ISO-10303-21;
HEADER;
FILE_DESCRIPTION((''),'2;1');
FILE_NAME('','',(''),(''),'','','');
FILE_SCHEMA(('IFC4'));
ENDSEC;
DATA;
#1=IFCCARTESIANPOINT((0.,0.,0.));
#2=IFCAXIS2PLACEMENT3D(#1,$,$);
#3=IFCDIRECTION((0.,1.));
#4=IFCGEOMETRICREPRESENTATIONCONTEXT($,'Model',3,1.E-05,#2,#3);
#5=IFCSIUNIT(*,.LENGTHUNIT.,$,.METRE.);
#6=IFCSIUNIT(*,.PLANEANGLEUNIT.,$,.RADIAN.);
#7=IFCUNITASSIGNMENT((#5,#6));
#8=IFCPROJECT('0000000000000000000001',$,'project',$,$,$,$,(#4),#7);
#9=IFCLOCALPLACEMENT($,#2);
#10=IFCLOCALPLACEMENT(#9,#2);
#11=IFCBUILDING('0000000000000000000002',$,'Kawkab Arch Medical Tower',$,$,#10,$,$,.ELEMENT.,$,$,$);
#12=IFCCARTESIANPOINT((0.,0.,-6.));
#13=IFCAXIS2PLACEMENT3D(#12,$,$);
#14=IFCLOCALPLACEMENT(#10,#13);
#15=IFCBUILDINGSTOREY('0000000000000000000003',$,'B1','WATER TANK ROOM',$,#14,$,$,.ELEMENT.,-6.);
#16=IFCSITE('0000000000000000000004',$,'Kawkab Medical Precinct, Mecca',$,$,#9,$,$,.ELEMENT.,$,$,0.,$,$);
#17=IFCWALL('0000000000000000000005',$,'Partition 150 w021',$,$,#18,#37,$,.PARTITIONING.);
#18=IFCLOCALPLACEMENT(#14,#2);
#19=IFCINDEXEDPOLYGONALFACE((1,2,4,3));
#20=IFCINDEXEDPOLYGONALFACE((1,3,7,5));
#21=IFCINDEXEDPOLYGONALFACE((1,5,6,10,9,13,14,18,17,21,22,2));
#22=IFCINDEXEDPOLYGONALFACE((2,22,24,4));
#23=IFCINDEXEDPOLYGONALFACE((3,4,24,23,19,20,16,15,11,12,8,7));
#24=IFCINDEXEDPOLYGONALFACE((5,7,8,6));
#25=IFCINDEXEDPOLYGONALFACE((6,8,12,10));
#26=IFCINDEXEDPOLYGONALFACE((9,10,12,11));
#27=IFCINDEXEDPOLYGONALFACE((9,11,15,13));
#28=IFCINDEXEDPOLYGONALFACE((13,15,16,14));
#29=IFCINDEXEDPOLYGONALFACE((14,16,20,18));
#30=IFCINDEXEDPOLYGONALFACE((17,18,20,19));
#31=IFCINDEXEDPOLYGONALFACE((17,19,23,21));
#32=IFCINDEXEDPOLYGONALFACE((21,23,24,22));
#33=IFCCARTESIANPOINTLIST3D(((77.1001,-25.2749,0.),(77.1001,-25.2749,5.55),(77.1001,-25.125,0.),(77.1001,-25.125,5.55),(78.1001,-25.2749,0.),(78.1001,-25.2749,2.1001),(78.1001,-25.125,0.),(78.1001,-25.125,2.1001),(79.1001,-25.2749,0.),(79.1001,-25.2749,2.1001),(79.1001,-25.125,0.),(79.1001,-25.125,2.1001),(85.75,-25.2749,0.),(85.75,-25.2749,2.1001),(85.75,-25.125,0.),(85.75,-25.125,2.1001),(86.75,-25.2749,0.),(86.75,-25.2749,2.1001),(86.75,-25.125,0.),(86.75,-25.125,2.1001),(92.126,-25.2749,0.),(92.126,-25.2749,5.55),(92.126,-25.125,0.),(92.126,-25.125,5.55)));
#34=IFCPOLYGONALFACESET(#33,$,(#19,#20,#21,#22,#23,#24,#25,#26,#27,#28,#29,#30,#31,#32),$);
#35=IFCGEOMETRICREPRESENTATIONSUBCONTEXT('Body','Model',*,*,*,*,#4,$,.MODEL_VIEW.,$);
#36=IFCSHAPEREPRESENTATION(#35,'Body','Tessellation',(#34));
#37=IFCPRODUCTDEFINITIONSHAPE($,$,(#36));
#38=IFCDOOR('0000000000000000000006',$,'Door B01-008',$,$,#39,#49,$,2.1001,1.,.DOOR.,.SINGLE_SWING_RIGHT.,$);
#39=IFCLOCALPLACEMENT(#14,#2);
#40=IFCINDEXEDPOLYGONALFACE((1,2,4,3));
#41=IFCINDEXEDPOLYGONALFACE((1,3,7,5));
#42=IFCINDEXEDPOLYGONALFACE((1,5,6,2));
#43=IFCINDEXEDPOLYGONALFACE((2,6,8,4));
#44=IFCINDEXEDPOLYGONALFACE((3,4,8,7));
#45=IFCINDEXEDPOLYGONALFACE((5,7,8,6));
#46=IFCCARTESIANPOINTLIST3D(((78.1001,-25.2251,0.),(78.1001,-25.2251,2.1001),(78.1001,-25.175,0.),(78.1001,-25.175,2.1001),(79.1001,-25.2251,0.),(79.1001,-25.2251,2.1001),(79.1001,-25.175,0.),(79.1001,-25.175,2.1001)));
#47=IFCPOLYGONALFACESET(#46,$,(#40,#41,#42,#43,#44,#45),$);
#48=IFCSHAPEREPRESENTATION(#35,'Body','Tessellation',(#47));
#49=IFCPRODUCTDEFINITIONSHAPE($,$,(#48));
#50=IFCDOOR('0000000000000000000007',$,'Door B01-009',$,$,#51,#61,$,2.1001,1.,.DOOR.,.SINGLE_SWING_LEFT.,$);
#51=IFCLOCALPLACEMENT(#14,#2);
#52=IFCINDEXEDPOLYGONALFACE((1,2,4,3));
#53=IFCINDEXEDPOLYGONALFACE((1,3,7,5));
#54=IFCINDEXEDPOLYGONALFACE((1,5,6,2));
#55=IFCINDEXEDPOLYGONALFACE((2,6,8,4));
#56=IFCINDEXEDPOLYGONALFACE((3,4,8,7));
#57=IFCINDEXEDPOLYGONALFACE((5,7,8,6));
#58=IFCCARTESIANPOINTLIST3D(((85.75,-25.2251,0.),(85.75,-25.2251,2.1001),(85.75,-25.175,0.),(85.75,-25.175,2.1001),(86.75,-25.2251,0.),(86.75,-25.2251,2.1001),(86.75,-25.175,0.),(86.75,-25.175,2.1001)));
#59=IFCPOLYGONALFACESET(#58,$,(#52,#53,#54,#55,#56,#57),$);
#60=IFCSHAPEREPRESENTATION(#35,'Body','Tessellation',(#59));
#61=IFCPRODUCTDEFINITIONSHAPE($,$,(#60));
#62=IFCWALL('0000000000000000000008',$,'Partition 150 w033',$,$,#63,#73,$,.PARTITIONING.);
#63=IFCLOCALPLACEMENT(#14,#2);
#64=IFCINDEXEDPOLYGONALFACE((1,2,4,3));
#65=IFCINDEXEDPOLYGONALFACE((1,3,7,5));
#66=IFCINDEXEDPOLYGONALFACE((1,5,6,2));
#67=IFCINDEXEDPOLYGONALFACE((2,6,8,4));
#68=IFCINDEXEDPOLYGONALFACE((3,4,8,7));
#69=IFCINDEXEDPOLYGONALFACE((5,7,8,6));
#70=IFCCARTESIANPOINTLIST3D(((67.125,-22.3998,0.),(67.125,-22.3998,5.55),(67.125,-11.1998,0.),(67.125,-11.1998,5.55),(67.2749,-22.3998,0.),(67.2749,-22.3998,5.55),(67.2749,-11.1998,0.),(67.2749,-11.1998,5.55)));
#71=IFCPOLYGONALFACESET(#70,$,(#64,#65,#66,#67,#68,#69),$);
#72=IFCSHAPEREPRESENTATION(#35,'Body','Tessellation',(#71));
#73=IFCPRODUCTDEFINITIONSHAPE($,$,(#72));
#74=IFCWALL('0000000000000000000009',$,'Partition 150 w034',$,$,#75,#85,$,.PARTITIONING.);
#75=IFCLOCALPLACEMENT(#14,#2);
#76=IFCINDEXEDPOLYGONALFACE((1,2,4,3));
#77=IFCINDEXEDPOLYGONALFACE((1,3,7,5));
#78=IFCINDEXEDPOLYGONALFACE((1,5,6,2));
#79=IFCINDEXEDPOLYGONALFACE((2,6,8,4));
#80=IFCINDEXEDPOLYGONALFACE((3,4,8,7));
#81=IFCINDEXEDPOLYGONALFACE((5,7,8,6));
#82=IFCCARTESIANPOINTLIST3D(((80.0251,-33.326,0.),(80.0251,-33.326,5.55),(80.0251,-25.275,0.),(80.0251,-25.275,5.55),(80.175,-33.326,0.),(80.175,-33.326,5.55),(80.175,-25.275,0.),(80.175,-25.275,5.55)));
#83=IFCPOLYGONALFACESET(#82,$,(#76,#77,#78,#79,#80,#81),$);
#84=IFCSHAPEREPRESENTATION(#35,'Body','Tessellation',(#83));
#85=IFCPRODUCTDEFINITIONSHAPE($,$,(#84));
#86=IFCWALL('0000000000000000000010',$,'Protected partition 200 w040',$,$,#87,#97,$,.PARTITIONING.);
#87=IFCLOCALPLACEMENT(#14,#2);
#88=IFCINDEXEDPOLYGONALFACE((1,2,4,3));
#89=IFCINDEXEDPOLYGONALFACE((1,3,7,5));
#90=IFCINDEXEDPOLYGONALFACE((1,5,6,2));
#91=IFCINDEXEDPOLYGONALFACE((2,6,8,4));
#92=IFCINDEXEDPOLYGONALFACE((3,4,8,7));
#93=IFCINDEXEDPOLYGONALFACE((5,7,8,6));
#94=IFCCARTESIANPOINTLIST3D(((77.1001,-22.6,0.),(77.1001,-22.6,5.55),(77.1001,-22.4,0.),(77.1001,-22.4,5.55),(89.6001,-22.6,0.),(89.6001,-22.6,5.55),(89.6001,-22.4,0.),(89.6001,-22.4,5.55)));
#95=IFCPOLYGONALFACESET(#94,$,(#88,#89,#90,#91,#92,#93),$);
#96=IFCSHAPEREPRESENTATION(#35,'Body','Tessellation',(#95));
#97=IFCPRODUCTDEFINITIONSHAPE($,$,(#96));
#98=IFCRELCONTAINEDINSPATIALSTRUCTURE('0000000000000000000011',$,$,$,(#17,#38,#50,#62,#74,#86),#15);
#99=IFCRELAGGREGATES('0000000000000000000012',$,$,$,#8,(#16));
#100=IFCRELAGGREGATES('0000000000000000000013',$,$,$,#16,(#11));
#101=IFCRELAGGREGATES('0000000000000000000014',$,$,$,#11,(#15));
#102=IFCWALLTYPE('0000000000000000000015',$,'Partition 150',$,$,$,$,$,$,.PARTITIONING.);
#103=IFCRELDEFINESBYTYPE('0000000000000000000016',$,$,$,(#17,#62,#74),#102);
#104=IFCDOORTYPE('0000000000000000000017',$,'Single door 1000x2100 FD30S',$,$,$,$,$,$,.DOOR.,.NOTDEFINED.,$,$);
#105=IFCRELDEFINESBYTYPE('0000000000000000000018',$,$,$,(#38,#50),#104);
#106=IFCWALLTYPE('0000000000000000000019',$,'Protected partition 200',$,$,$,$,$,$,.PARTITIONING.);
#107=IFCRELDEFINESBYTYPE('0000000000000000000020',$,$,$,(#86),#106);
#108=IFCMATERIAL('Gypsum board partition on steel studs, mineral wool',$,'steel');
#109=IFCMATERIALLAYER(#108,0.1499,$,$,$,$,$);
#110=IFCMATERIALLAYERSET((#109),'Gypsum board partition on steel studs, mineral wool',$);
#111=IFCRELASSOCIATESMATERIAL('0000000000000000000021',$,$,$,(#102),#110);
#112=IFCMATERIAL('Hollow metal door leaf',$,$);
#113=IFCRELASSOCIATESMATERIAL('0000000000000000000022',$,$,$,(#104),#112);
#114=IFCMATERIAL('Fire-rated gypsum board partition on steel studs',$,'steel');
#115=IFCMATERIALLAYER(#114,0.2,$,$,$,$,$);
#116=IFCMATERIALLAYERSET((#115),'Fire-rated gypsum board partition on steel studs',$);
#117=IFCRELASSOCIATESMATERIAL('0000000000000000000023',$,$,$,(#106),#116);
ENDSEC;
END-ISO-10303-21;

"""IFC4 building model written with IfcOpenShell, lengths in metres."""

from ifc_helpers import new_model, si_unit, direction, frame, frame_2d, origin, place, context, subcontext, project, spatial, rectangle, extrude, material, layer, layer_set, type_object, element, fill, save


model = new_model("IFC4")

# Units and contexts
model_context = context("Model", 3, precision=1e-05, world=origin(), true_north=direction((0.0, 1.0)))
body_context = subcontext(model_context, "Body", "Model", "MODEL_VIEW")
ifc_project = project(units=[si_unit("LENGTHUNIT", "METRE"), si_unit("PLANEANGLEUNIT", "RADIAN")], contexts=[model_context])

# Site, building, storey
site_placement = place(None, origin())
site = spatial("IfcSite", under=ifc_project, at=site_placement, Name="Kawkab Medical Precinct, Mecca", CompositionType="ELEMENT", RefElevation=0.0)
building_placement = place(site_placement, origin())
building = spatial("IfcBuilding", under=site, at=building_placement, Name="Kawkab Arch Medical Tower", CompositionType="ELEMENT")
storey_placement = place(building_placement, frame((0.0, 0.0, -6.0)))
storey = spatial("IfcBuildingStorey", under=building, at=storey_placement, Name="B1", Description="WATER TANK ROOM", CompositionType="ELEMENT", Elevation=-6.0)

# Wall, openings, doors
ifc_material_1 = material(Name="Gypsum board partition on steel studs, mineral wool", Category="steel")
ifc_layer_1 = layer(ifc_material_1, 0.1499)
ifc_layer_set_1 = layer_set([ifc_layer_1], Name="Gypsum board partition on steel studs, mineral wool")
wall_type_1 = type_object("IfcWallType", Name="Partition 150", PredefinedType="PARTITIONING", material=ifc_layer_set_1)
wall_1_placement = place(storey_placement, frame((77.1001, -25.2, 0.0), z_axis=(0.0, 0.0, 1.0), x_axis=(1.0, 0.0, 0.0)))
wall_1 = element("IfcWall", 1, at=wall_1_placement, inside=storey, type_object=wall_type_1, Name="Partition 150 w021", PredefinedType="PARTITIONING", context=body_context, shape_type="SweptSolid", body=[
    extrude(rectangle(XDim=15.0259, YDim=0.1499, at=frame_2d((7.5129, 0.0))), origin(), (0.0, 0.0, 1.0), 5.55),
])
opening_1_placement = place(wall_1_placement, frame((1.0, 0.0, 0.0)))
opening_1 = element("IfcOpeningElement", 2, at=opening_1_placement, cuts=wall_1, PredefinedType="OPENING", context=body_context, shape_type="SweptSolid", body=[
    extrude(rectangle(XDim=1.0, YDim=2.1001, at=frame_2d((0.5, 1.05))), frame((0.0, 0.085, 0.0), z_axis=(0.0, -1.0, 0.0), x_axis=(1.0, 0.0, 0.0)), (0.0, 0.0, 1.0), 0.1699),
])
opening_2_placement = place(wall_1_placement, frame((8.6499, 0.0, 0.0)))
opening_2 = element("IfcOpeningElement", 3, at=opening_2_placement, cuts=wall_1, PredefinedType="OPENING", context=body_context, shape_type="SweptSolid", body=[
    extrude(rectangle(XDim=1.0, YDim=2.1001, at=frame_2d((0.5, 1.05))), frame((0.0, 0.085, 0.0), z_axis=(0.0, -1.0, 0.0), x_axis=(1.0, 0.0, 0.0)), (0.0, 0.0, 1.0), 0.1699),
])
ifc_material_2 = material(Name="Hollow metal door leaf")
door_type = type_object("IfcDoorType", Name="Single door 1000x2100 FD30S", OperationType="NOTDEFINED", PredefinedType="DOOR", material=ifc_material_2)
door_1_placement = place(opening_1_placement, origin())
door_1 = element("IfcDoor", 4, at=door_1_placement, inside=storey, type_object=door_type, Name="Door B01-008", OperationType="SINGLE_SWING_RIGHT", OverallHeight=2.1001, OverallWidth=1.0, PredefinedType="DOOR", context=body_context, shape_type="SweptSolid", body=[
    extrude(rectangle(XDim=1.0, YDim=2.1001, at=frame_2d((0.5, 1.05))), frame((0.0, 0.0249, 0.0), z_axis=(0.0, -1.0, 0.0), x_axis=(1.0, 0.0, 0.0)), (0.0, 0.0, 1.0), 0.05),
])
fill(opening_1, door_1)
door_2_placement = place(opening_2_placement, origin())
door_2 = element("IfcDoor", 5, at=door_2_placement, inside=storey, type_object=door_type, Name="Door B01-009", OperationType="SINGLE_SWING_LEFT", OverallHeight=2.1001, OverallWidth=1.0, PredefinedType="DOOR", context=body_context, shape_type="SweptSolid", body=[
    extrude(rectangle(XDim=1.0, YDim=2.1001, at=frame_2d((0.5, 1.05))), frame((0.0, 0.0249, 0.0), z_axis=(0.0, -1.0, 0.0), x_axis=(1.0, 0.0, 0.0)), (0.0, 0.0, 1.0), 0.05),
])
fill(opening_2, door_2)

# Walls
wall_2_placement = place(storey_placement, frame((67.2, -22.3999, 0.0), z_axis=(0.0, 0.0, 1.0), x_axis=(0.0, 1.0, 0.0)))
element("IfcWall", 6, at=wall_2_placement, inside=storey, type_object=wall_type_1, Name="Partition 150 w033", PredefinedType="PARTITIONING", context=body_context, shape_type="SweptSolid", body=[
    extrude(rectangle(XDim=11.2, YDim=0.1499, at=frame_2d((5.6001, 0.0))), origin(), (0.0, 0.0, 1.0), 5.55),
])
wall_3_placement = place(storey_placement, frame((80.1001, -33.3259, 0.0), z_axis=(0.0, 0.0, 1.0), x_axis=(0.0, 1.0, 0.0)))
element("IfcWall", 7, at=wall_3_placement, inside=storey, type_object=wall_type_1, Name="Partition 150 w034", PredefinedType="PARTITIONING", context=body_context, shape_type="SweptSolid", body=[
    extrude(rectangle(XDim=8.051, YDim=0.1499, at=frame_2d((4.0254, 0.0))), origin(), (0.0, 0.0, 1.0), 5.55),
])
ifc_material_3 = material(Name="Fire-rated gypsum board partition on steel studs", Category="steel")
ifc_layer_2 = layer(ifc_material_3, 0.2)
ifc_layer_set_2 = layer_set([ifc_layer_2], Name="Fire-rated gypsum board partition on steel studs")
wall_type_2 = type_object("IfcWallType", Name="Protected partition 200", PredefinedType="PARTITIONING", material=ifc_layer_set_2)
wall_4_placement = place(storey_placement, frame((77.1001, -22.5, 0.0), z_axis=(0.0, 0.0, 1.0), x_axis=(1.0, 0.0, 0.0)))
element("IfcWall", 8, at=wall_4_placement, inside=storey, type_object=wall_type_2, Name="Protected partition 200 w040", PredefinedType="PARTITIONING", context=body_context, shape_type="SweptSolid", body=[
    extrude(rectangle(XDim=12.5, YDim=0.2, at=frame_2d((6.25, 0.0))), origin(), (0.0, 0.0, 1.0), 5.55),
])

save(model, "model.ifc")
